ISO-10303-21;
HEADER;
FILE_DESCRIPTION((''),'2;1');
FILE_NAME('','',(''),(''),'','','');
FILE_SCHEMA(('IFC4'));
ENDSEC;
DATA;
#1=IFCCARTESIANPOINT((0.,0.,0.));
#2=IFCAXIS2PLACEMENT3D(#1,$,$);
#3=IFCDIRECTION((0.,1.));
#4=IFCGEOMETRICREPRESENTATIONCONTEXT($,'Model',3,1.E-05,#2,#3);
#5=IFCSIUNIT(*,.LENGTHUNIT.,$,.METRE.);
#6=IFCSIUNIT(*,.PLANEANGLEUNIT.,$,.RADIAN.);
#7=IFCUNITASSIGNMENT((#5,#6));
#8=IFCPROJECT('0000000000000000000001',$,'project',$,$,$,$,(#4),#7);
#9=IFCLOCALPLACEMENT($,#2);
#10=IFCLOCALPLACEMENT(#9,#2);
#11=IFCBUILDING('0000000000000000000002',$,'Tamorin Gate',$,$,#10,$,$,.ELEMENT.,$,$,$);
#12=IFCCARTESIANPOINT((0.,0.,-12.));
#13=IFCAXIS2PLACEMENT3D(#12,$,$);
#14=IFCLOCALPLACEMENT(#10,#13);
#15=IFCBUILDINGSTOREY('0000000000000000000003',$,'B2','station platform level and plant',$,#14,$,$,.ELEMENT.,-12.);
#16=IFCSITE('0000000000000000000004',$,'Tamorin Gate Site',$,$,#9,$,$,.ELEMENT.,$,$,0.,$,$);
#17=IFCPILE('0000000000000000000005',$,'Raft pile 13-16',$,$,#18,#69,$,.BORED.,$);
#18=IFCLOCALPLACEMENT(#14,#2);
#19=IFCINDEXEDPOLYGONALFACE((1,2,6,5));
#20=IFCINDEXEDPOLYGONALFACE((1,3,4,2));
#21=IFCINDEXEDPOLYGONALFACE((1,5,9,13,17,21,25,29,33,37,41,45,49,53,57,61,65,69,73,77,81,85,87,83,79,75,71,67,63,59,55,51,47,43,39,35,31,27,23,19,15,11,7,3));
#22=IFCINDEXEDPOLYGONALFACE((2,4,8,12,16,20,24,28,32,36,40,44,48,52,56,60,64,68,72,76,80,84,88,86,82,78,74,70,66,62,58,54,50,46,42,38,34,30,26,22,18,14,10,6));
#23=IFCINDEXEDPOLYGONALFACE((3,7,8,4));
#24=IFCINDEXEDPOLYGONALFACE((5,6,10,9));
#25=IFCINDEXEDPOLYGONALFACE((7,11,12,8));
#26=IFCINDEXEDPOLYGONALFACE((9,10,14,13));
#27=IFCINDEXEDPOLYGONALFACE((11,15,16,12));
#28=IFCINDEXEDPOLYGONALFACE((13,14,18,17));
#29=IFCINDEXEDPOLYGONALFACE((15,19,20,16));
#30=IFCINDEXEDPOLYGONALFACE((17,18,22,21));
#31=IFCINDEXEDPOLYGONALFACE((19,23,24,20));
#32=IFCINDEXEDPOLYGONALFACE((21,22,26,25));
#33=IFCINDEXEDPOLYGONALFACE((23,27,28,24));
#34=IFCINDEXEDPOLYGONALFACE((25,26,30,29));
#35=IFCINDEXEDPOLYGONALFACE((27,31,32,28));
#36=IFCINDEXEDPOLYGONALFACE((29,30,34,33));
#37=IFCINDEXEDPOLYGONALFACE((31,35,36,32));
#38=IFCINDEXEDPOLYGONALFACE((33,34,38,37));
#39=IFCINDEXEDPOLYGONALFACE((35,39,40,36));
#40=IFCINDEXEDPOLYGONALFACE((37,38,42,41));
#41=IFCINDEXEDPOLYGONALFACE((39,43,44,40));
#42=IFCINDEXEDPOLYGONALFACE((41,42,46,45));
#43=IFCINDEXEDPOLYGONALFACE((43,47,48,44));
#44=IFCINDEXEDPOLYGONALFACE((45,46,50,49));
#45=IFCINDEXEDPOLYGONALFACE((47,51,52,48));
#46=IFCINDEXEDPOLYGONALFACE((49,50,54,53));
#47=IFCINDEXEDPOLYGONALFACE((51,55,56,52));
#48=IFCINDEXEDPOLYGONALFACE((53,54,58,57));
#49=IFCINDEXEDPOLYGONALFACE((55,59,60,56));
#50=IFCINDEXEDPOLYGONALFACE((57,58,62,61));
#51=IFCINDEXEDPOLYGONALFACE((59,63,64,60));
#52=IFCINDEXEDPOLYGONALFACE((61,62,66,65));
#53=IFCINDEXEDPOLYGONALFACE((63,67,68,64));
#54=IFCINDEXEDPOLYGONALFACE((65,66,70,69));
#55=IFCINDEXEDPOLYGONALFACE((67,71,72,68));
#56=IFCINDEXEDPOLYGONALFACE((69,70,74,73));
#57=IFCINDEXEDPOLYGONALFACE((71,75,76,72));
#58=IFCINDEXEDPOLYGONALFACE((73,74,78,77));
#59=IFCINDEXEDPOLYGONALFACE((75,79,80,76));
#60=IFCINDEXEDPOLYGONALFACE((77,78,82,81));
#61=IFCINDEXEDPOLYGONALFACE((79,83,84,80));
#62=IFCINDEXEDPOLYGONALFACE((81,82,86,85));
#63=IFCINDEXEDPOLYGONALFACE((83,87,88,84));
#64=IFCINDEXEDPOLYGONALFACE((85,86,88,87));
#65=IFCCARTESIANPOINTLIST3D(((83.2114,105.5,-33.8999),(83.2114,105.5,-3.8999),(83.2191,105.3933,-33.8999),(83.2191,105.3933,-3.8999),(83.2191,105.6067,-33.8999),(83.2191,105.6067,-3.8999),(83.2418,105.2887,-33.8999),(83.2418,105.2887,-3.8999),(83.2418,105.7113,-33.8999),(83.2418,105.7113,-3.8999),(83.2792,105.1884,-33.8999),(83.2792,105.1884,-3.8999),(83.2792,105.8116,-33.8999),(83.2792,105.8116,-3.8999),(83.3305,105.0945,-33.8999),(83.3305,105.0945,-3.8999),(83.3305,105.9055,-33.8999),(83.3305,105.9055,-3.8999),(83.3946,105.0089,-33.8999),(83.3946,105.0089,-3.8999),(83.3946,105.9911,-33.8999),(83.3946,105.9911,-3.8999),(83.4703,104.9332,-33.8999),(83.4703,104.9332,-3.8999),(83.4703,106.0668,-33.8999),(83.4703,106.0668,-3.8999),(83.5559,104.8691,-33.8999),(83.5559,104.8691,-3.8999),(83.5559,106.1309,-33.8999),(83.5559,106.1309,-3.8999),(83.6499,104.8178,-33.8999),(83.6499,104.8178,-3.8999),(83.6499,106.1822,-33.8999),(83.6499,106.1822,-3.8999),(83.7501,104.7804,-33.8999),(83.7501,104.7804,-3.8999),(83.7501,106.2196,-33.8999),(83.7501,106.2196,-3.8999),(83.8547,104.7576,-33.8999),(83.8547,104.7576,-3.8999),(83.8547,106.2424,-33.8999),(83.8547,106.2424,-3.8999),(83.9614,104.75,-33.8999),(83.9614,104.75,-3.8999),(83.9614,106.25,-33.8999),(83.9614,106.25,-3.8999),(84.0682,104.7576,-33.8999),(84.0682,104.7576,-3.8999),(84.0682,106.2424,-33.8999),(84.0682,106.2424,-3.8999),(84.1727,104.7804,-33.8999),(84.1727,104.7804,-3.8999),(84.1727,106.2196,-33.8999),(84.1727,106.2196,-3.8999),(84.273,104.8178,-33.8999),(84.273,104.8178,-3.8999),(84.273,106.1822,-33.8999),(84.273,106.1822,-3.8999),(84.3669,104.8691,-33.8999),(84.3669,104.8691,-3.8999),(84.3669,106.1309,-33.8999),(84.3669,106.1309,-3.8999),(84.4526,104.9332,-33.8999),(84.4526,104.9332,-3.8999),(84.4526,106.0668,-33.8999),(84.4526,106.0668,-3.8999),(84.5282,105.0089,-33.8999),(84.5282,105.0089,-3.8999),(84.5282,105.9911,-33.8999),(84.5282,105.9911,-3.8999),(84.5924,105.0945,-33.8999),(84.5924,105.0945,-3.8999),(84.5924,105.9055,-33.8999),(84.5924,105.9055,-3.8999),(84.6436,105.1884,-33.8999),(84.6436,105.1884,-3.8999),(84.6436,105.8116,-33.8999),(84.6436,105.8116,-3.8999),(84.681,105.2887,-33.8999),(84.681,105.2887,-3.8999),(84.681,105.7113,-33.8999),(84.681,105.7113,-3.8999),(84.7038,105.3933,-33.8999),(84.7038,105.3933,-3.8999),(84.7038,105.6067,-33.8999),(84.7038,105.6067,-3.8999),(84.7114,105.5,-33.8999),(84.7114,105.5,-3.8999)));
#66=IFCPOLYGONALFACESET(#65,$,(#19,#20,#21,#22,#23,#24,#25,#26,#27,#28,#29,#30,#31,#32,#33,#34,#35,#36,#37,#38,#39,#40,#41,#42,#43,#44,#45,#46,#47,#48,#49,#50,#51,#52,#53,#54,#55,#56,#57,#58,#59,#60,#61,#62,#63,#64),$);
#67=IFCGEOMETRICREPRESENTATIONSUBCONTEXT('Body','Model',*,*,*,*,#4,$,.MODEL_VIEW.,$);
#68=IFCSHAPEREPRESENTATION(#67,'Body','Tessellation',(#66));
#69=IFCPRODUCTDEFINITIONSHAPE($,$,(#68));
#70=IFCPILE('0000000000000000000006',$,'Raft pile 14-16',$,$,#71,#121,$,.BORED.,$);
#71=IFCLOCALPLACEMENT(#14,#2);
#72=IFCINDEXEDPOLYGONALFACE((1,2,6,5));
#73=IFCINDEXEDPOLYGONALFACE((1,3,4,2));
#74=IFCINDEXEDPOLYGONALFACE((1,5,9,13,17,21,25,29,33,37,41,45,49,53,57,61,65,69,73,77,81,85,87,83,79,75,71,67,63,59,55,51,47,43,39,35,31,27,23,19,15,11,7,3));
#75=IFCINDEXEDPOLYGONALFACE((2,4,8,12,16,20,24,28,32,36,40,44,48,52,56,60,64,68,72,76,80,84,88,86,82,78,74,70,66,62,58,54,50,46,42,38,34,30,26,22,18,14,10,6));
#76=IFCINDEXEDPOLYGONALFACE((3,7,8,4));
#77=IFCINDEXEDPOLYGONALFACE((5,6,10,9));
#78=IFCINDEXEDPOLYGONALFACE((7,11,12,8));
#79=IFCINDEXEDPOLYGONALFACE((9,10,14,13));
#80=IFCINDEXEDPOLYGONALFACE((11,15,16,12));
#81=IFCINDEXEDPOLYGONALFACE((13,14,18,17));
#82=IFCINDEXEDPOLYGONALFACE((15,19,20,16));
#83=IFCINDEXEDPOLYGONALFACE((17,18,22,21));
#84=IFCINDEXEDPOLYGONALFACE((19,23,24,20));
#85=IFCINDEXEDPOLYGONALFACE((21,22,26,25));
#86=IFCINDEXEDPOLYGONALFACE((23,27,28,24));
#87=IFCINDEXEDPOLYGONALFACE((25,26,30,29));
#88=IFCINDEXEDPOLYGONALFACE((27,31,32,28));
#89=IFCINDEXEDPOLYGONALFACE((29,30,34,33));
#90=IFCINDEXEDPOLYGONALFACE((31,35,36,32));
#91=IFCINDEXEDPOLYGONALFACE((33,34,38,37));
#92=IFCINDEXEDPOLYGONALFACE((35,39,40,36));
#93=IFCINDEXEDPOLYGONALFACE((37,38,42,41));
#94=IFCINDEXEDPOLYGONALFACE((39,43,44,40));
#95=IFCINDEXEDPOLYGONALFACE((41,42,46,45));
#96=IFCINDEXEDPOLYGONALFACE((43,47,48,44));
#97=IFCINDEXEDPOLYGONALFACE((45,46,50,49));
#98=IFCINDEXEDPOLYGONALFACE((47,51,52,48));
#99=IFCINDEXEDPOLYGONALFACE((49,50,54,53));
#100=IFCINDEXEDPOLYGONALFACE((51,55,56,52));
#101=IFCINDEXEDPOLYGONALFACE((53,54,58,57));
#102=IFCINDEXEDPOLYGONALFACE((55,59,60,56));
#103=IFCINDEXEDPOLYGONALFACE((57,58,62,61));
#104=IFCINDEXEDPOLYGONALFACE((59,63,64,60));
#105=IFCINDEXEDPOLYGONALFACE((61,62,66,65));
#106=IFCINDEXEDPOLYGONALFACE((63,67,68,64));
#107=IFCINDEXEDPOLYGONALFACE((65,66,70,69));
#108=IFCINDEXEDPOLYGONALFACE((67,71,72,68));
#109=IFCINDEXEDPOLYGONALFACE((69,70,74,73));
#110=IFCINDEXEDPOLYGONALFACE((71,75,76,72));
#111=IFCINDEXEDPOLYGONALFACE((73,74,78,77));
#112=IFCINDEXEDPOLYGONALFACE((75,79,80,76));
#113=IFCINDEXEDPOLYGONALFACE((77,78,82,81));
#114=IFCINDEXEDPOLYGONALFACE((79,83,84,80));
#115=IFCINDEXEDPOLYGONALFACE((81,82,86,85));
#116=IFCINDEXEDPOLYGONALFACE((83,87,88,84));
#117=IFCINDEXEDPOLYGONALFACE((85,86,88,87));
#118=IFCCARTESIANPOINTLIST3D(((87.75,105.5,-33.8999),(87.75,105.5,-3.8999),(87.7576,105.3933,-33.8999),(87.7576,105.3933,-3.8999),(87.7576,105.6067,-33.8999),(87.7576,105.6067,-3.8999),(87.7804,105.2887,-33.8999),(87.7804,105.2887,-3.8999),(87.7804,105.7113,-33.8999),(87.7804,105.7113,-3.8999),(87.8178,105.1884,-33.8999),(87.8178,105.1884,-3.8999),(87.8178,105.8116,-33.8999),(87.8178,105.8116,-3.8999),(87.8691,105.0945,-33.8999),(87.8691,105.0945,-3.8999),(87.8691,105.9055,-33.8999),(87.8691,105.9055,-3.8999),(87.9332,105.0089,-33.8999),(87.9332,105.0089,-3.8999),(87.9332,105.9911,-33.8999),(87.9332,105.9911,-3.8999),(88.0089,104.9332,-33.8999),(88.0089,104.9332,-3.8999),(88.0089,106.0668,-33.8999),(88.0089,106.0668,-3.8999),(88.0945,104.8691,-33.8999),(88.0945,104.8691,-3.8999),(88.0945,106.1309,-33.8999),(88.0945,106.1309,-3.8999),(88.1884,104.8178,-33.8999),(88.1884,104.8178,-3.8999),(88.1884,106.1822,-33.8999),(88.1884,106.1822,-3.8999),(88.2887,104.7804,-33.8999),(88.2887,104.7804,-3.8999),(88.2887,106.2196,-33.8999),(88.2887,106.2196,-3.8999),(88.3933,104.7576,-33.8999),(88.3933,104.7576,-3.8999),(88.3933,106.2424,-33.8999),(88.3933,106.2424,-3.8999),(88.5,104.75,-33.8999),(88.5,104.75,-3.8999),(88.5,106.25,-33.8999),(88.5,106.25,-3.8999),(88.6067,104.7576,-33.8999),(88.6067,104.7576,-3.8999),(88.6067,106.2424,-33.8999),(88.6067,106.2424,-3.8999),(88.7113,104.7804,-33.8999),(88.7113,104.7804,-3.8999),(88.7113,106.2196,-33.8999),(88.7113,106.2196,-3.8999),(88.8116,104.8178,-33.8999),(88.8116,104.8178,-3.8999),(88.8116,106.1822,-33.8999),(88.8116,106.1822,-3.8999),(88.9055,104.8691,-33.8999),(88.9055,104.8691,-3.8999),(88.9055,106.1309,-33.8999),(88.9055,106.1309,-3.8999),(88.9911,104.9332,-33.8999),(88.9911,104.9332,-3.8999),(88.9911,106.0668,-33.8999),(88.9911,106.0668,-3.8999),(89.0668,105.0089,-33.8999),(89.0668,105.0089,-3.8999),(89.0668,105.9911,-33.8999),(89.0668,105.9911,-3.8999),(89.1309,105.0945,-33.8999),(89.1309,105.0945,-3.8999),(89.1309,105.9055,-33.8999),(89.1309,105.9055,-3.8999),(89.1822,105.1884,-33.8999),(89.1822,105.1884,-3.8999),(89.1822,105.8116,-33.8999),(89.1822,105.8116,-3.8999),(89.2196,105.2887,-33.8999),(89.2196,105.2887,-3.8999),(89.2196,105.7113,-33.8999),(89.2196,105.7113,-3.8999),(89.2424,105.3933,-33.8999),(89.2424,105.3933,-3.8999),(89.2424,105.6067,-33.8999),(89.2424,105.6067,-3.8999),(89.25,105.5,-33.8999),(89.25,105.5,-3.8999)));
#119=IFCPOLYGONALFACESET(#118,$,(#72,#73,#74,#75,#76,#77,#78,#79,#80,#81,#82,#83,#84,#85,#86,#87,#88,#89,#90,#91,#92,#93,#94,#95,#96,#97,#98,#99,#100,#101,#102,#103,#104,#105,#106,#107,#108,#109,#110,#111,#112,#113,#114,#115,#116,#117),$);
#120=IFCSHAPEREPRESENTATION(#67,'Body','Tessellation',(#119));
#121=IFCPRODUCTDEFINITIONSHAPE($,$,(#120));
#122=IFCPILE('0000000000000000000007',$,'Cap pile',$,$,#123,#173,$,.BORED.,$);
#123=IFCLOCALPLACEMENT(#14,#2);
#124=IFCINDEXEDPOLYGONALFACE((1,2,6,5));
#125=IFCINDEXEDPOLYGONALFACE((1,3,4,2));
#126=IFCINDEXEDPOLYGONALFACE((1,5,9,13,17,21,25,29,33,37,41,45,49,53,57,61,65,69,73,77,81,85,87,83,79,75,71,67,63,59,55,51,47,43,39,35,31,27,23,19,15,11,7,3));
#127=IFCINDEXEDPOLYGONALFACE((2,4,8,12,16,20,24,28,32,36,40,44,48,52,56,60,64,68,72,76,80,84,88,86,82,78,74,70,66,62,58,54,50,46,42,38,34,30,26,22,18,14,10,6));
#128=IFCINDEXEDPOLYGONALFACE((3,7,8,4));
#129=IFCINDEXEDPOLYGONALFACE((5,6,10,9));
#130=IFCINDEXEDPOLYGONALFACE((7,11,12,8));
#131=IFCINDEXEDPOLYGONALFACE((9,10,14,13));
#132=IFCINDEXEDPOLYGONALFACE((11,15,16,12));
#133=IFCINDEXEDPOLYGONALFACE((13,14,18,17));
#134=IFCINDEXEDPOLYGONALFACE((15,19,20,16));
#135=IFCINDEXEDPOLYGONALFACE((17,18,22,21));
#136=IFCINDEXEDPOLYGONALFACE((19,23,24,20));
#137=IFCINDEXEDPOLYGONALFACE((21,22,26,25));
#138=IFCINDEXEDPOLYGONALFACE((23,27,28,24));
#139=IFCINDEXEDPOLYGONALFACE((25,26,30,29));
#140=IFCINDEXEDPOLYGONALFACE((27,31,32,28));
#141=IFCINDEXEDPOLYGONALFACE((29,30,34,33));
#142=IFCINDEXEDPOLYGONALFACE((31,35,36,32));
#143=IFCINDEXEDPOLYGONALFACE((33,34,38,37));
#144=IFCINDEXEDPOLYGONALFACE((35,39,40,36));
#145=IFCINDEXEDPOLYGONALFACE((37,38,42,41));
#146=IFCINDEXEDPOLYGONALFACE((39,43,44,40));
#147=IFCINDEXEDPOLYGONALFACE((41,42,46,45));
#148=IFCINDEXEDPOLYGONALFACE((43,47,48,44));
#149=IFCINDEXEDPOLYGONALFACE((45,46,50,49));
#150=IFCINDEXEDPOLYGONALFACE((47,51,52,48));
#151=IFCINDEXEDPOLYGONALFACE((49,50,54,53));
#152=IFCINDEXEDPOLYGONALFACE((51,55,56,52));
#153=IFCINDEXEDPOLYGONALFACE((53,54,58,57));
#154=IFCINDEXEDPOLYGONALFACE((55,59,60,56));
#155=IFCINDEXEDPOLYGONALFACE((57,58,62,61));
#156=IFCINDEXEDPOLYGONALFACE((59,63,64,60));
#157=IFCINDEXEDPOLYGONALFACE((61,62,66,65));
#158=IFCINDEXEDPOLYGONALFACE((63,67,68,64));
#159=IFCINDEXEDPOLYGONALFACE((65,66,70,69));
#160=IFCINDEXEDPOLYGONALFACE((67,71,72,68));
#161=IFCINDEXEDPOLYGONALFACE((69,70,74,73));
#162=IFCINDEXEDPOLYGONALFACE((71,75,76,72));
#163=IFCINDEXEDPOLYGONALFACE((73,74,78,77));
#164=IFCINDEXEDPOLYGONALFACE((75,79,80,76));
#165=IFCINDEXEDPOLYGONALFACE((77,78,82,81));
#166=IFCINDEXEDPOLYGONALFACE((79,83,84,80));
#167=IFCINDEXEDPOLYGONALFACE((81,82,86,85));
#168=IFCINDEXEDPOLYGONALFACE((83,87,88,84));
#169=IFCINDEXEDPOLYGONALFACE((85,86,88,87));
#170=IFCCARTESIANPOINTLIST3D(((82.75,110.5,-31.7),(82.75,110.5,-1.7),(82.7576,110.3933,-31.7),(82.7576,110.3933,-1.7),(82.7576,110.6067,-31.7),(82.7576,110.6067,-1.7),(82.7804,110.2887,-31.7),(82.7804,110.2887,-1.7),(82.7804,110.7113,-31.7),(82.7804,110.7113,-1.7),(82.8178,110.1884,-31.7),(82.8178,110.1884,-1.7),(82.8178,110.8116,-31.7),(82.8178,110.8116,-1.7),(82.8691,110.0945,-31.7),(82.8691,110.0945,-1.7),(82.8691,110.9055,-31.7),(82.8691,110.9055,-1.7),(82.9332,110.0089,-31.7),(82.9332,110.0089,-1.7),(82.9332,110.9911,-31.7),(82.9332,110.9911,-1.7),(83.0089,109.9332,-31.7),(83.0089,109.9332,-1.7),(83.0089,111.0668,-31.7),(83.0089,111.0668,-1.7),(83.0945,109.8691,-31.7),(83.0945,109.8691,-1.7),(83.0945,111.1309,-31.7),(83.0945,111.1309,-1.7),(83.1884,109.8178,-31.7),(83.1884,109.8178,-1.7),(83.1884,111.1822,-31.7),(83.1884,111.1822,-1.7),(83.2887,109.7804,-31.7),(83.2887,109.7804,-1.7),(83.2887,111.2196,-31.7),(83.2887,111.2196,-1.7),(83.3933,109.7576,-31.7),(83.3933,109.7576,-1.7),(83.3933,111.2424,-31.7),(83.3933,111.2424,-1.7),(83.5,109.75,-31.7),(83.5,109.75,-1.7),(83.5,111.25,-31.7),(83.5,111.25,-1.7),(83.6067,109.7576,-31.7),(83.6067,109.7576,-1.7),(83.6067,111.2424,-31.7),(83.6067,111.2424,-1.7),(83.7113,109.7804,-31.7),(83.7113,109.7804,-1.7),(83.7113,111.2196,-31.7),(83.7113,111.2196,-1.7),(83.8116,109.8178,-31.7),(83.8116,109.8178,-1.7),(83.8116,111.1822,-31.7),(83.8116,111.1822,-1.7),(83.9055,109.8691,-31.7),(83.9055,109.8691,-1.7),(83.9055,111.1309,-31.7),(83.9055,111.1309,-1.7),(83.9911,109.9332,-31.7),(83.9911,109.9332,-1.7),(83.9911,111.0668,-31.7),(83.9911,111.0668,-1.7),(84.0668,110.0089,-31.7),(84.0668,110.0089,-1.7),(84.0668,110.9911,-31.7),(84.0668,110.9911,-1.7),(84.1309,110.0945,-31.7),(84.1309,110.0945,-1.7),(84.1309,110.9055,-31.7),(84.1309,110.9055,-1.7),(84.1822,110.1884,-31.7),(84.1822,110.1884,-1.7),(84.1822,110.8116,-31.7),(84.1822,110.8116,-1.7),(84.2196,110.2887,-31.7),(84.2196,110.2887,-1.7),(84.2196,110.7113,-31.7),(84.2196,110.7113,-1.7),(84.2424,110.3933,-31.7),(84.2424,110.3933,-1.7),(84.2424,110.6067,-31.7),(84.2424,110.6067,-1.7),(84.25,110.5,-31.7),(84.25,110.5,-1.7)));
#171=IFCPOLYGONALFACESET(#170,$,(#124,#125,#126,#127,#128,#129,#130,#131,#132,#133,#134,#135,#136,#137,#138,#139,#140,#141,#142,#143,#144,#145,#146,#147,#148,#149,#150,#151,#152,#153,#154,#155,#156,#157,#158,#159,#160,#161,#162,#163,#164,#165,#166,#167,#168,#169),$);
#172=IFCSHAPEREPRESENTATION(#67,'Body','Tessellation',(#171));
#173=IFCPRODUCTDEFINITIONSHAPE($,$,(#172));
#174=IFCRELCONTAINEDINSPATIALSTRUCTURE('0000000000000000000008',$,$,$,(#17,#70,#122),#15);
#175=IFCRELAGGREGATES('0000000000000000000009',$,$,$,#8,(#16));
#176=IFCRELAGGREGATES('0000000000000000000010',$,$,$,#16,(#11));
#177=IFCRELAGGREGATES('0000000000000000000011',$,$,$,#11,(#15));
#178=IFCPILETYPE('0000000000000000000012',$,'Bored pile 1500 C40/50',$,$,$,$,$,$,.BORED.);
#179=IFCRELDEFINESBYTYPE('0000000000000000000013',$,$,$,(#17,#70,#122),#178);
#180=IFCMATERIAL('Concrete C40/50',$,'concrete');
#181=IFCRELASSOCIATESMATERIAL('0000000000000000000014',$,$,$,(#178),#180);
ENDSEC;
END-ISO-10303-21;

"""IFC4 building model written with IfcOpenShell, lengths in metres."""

from ifc_helpers import new_model, si_unit, direction, frame, origin, origin_2d, place, context, subcontext, project, spatial, circle, extrude, material, material_profile, profile_set, type_object, element, save


model = new_model("IFC4")

# Units and contexts
model_context = context("Model", 3, precision=1e-05, world=origin(), true_north=direction((0.0, 1.0)))
body_context = subcontext(model_context, "Body", "Model", "MODEL_VIEW")
ifc_project = project(units=[si_unit("LENGTHUNIT", "METRE"), si_unit("PLANEANGLEUNIT", "RADIAN")], contexts=[model_context])

# Site, building, storey
site_placement = place(None, origin())
site = spatial("IfcSite", under=ifc_project, at=site_placement, Name="Tamorin Gate Site", CompositionType="ELEMENT", RefElevation=0.0)
building_placement = place(site_placement, origin())
building = spatial("IfcBuilding", under=site, at=building_placement, Name="Tamorin Gate", CompositionType="ELEMENT")
storey_placement = place(building_placement, frame((0.0, 0.0, -12.0)))
storey = spatial("IfcBuildingStorey", under=building, at=storey_placement, Name="B2", Description="station platform level and plant", CompositionType="ELEMENT", Elevation=-12.0)

# Piles
ifc_material_1 = material(Name="Concrete C40/50", Category="concrete")
ifc_material_profile_1 = material_profile(ifc_material_1, circle(Radius=0.75, at=origin_2d()))
ifc_profile_set_1 = profile_set([ifc_material_profile_1], Name="Concrete C40/50")
pile_type = type_object("IfcPileType", Name="Bored pile 1500 C40/50", PredefinedType="BORED", material=ifc_profile_set_1)
for number, where, z_axis, x_axis, name in (
    (1, (83.9614, 105.5, -3.8999), (0.0, 0.0, -1.0), (1.0, 0.0, 0.0), "Raft pile 13-16"),
    (2, (88.5, 105.5, -3.8999), (0.0, 0.0, -1.0), (1.0, 0.0, 0.0), "Raft pile 14-16"),
    (3, (83.5, 110.5, -1.7), (0.0, 0.0, -1.0), (1.0, 0.0, 0.0), "Cap pile"),
):
    element("IfcPile", number, at=place(storey_placement, frame(where, z_axis=z_axis, x_axis=x_axis)), inside=storey, type_object=pile_type, Name=name, PredefinedType="BORED", context=body_context, shape_type="SweptSolid", body=[
        extrude(circle(Radius=0.75, at=origin_2d()), origin(), (0.0, 0.0, 1.0), 30.0),
    ])

save(model, "model.ifc")
